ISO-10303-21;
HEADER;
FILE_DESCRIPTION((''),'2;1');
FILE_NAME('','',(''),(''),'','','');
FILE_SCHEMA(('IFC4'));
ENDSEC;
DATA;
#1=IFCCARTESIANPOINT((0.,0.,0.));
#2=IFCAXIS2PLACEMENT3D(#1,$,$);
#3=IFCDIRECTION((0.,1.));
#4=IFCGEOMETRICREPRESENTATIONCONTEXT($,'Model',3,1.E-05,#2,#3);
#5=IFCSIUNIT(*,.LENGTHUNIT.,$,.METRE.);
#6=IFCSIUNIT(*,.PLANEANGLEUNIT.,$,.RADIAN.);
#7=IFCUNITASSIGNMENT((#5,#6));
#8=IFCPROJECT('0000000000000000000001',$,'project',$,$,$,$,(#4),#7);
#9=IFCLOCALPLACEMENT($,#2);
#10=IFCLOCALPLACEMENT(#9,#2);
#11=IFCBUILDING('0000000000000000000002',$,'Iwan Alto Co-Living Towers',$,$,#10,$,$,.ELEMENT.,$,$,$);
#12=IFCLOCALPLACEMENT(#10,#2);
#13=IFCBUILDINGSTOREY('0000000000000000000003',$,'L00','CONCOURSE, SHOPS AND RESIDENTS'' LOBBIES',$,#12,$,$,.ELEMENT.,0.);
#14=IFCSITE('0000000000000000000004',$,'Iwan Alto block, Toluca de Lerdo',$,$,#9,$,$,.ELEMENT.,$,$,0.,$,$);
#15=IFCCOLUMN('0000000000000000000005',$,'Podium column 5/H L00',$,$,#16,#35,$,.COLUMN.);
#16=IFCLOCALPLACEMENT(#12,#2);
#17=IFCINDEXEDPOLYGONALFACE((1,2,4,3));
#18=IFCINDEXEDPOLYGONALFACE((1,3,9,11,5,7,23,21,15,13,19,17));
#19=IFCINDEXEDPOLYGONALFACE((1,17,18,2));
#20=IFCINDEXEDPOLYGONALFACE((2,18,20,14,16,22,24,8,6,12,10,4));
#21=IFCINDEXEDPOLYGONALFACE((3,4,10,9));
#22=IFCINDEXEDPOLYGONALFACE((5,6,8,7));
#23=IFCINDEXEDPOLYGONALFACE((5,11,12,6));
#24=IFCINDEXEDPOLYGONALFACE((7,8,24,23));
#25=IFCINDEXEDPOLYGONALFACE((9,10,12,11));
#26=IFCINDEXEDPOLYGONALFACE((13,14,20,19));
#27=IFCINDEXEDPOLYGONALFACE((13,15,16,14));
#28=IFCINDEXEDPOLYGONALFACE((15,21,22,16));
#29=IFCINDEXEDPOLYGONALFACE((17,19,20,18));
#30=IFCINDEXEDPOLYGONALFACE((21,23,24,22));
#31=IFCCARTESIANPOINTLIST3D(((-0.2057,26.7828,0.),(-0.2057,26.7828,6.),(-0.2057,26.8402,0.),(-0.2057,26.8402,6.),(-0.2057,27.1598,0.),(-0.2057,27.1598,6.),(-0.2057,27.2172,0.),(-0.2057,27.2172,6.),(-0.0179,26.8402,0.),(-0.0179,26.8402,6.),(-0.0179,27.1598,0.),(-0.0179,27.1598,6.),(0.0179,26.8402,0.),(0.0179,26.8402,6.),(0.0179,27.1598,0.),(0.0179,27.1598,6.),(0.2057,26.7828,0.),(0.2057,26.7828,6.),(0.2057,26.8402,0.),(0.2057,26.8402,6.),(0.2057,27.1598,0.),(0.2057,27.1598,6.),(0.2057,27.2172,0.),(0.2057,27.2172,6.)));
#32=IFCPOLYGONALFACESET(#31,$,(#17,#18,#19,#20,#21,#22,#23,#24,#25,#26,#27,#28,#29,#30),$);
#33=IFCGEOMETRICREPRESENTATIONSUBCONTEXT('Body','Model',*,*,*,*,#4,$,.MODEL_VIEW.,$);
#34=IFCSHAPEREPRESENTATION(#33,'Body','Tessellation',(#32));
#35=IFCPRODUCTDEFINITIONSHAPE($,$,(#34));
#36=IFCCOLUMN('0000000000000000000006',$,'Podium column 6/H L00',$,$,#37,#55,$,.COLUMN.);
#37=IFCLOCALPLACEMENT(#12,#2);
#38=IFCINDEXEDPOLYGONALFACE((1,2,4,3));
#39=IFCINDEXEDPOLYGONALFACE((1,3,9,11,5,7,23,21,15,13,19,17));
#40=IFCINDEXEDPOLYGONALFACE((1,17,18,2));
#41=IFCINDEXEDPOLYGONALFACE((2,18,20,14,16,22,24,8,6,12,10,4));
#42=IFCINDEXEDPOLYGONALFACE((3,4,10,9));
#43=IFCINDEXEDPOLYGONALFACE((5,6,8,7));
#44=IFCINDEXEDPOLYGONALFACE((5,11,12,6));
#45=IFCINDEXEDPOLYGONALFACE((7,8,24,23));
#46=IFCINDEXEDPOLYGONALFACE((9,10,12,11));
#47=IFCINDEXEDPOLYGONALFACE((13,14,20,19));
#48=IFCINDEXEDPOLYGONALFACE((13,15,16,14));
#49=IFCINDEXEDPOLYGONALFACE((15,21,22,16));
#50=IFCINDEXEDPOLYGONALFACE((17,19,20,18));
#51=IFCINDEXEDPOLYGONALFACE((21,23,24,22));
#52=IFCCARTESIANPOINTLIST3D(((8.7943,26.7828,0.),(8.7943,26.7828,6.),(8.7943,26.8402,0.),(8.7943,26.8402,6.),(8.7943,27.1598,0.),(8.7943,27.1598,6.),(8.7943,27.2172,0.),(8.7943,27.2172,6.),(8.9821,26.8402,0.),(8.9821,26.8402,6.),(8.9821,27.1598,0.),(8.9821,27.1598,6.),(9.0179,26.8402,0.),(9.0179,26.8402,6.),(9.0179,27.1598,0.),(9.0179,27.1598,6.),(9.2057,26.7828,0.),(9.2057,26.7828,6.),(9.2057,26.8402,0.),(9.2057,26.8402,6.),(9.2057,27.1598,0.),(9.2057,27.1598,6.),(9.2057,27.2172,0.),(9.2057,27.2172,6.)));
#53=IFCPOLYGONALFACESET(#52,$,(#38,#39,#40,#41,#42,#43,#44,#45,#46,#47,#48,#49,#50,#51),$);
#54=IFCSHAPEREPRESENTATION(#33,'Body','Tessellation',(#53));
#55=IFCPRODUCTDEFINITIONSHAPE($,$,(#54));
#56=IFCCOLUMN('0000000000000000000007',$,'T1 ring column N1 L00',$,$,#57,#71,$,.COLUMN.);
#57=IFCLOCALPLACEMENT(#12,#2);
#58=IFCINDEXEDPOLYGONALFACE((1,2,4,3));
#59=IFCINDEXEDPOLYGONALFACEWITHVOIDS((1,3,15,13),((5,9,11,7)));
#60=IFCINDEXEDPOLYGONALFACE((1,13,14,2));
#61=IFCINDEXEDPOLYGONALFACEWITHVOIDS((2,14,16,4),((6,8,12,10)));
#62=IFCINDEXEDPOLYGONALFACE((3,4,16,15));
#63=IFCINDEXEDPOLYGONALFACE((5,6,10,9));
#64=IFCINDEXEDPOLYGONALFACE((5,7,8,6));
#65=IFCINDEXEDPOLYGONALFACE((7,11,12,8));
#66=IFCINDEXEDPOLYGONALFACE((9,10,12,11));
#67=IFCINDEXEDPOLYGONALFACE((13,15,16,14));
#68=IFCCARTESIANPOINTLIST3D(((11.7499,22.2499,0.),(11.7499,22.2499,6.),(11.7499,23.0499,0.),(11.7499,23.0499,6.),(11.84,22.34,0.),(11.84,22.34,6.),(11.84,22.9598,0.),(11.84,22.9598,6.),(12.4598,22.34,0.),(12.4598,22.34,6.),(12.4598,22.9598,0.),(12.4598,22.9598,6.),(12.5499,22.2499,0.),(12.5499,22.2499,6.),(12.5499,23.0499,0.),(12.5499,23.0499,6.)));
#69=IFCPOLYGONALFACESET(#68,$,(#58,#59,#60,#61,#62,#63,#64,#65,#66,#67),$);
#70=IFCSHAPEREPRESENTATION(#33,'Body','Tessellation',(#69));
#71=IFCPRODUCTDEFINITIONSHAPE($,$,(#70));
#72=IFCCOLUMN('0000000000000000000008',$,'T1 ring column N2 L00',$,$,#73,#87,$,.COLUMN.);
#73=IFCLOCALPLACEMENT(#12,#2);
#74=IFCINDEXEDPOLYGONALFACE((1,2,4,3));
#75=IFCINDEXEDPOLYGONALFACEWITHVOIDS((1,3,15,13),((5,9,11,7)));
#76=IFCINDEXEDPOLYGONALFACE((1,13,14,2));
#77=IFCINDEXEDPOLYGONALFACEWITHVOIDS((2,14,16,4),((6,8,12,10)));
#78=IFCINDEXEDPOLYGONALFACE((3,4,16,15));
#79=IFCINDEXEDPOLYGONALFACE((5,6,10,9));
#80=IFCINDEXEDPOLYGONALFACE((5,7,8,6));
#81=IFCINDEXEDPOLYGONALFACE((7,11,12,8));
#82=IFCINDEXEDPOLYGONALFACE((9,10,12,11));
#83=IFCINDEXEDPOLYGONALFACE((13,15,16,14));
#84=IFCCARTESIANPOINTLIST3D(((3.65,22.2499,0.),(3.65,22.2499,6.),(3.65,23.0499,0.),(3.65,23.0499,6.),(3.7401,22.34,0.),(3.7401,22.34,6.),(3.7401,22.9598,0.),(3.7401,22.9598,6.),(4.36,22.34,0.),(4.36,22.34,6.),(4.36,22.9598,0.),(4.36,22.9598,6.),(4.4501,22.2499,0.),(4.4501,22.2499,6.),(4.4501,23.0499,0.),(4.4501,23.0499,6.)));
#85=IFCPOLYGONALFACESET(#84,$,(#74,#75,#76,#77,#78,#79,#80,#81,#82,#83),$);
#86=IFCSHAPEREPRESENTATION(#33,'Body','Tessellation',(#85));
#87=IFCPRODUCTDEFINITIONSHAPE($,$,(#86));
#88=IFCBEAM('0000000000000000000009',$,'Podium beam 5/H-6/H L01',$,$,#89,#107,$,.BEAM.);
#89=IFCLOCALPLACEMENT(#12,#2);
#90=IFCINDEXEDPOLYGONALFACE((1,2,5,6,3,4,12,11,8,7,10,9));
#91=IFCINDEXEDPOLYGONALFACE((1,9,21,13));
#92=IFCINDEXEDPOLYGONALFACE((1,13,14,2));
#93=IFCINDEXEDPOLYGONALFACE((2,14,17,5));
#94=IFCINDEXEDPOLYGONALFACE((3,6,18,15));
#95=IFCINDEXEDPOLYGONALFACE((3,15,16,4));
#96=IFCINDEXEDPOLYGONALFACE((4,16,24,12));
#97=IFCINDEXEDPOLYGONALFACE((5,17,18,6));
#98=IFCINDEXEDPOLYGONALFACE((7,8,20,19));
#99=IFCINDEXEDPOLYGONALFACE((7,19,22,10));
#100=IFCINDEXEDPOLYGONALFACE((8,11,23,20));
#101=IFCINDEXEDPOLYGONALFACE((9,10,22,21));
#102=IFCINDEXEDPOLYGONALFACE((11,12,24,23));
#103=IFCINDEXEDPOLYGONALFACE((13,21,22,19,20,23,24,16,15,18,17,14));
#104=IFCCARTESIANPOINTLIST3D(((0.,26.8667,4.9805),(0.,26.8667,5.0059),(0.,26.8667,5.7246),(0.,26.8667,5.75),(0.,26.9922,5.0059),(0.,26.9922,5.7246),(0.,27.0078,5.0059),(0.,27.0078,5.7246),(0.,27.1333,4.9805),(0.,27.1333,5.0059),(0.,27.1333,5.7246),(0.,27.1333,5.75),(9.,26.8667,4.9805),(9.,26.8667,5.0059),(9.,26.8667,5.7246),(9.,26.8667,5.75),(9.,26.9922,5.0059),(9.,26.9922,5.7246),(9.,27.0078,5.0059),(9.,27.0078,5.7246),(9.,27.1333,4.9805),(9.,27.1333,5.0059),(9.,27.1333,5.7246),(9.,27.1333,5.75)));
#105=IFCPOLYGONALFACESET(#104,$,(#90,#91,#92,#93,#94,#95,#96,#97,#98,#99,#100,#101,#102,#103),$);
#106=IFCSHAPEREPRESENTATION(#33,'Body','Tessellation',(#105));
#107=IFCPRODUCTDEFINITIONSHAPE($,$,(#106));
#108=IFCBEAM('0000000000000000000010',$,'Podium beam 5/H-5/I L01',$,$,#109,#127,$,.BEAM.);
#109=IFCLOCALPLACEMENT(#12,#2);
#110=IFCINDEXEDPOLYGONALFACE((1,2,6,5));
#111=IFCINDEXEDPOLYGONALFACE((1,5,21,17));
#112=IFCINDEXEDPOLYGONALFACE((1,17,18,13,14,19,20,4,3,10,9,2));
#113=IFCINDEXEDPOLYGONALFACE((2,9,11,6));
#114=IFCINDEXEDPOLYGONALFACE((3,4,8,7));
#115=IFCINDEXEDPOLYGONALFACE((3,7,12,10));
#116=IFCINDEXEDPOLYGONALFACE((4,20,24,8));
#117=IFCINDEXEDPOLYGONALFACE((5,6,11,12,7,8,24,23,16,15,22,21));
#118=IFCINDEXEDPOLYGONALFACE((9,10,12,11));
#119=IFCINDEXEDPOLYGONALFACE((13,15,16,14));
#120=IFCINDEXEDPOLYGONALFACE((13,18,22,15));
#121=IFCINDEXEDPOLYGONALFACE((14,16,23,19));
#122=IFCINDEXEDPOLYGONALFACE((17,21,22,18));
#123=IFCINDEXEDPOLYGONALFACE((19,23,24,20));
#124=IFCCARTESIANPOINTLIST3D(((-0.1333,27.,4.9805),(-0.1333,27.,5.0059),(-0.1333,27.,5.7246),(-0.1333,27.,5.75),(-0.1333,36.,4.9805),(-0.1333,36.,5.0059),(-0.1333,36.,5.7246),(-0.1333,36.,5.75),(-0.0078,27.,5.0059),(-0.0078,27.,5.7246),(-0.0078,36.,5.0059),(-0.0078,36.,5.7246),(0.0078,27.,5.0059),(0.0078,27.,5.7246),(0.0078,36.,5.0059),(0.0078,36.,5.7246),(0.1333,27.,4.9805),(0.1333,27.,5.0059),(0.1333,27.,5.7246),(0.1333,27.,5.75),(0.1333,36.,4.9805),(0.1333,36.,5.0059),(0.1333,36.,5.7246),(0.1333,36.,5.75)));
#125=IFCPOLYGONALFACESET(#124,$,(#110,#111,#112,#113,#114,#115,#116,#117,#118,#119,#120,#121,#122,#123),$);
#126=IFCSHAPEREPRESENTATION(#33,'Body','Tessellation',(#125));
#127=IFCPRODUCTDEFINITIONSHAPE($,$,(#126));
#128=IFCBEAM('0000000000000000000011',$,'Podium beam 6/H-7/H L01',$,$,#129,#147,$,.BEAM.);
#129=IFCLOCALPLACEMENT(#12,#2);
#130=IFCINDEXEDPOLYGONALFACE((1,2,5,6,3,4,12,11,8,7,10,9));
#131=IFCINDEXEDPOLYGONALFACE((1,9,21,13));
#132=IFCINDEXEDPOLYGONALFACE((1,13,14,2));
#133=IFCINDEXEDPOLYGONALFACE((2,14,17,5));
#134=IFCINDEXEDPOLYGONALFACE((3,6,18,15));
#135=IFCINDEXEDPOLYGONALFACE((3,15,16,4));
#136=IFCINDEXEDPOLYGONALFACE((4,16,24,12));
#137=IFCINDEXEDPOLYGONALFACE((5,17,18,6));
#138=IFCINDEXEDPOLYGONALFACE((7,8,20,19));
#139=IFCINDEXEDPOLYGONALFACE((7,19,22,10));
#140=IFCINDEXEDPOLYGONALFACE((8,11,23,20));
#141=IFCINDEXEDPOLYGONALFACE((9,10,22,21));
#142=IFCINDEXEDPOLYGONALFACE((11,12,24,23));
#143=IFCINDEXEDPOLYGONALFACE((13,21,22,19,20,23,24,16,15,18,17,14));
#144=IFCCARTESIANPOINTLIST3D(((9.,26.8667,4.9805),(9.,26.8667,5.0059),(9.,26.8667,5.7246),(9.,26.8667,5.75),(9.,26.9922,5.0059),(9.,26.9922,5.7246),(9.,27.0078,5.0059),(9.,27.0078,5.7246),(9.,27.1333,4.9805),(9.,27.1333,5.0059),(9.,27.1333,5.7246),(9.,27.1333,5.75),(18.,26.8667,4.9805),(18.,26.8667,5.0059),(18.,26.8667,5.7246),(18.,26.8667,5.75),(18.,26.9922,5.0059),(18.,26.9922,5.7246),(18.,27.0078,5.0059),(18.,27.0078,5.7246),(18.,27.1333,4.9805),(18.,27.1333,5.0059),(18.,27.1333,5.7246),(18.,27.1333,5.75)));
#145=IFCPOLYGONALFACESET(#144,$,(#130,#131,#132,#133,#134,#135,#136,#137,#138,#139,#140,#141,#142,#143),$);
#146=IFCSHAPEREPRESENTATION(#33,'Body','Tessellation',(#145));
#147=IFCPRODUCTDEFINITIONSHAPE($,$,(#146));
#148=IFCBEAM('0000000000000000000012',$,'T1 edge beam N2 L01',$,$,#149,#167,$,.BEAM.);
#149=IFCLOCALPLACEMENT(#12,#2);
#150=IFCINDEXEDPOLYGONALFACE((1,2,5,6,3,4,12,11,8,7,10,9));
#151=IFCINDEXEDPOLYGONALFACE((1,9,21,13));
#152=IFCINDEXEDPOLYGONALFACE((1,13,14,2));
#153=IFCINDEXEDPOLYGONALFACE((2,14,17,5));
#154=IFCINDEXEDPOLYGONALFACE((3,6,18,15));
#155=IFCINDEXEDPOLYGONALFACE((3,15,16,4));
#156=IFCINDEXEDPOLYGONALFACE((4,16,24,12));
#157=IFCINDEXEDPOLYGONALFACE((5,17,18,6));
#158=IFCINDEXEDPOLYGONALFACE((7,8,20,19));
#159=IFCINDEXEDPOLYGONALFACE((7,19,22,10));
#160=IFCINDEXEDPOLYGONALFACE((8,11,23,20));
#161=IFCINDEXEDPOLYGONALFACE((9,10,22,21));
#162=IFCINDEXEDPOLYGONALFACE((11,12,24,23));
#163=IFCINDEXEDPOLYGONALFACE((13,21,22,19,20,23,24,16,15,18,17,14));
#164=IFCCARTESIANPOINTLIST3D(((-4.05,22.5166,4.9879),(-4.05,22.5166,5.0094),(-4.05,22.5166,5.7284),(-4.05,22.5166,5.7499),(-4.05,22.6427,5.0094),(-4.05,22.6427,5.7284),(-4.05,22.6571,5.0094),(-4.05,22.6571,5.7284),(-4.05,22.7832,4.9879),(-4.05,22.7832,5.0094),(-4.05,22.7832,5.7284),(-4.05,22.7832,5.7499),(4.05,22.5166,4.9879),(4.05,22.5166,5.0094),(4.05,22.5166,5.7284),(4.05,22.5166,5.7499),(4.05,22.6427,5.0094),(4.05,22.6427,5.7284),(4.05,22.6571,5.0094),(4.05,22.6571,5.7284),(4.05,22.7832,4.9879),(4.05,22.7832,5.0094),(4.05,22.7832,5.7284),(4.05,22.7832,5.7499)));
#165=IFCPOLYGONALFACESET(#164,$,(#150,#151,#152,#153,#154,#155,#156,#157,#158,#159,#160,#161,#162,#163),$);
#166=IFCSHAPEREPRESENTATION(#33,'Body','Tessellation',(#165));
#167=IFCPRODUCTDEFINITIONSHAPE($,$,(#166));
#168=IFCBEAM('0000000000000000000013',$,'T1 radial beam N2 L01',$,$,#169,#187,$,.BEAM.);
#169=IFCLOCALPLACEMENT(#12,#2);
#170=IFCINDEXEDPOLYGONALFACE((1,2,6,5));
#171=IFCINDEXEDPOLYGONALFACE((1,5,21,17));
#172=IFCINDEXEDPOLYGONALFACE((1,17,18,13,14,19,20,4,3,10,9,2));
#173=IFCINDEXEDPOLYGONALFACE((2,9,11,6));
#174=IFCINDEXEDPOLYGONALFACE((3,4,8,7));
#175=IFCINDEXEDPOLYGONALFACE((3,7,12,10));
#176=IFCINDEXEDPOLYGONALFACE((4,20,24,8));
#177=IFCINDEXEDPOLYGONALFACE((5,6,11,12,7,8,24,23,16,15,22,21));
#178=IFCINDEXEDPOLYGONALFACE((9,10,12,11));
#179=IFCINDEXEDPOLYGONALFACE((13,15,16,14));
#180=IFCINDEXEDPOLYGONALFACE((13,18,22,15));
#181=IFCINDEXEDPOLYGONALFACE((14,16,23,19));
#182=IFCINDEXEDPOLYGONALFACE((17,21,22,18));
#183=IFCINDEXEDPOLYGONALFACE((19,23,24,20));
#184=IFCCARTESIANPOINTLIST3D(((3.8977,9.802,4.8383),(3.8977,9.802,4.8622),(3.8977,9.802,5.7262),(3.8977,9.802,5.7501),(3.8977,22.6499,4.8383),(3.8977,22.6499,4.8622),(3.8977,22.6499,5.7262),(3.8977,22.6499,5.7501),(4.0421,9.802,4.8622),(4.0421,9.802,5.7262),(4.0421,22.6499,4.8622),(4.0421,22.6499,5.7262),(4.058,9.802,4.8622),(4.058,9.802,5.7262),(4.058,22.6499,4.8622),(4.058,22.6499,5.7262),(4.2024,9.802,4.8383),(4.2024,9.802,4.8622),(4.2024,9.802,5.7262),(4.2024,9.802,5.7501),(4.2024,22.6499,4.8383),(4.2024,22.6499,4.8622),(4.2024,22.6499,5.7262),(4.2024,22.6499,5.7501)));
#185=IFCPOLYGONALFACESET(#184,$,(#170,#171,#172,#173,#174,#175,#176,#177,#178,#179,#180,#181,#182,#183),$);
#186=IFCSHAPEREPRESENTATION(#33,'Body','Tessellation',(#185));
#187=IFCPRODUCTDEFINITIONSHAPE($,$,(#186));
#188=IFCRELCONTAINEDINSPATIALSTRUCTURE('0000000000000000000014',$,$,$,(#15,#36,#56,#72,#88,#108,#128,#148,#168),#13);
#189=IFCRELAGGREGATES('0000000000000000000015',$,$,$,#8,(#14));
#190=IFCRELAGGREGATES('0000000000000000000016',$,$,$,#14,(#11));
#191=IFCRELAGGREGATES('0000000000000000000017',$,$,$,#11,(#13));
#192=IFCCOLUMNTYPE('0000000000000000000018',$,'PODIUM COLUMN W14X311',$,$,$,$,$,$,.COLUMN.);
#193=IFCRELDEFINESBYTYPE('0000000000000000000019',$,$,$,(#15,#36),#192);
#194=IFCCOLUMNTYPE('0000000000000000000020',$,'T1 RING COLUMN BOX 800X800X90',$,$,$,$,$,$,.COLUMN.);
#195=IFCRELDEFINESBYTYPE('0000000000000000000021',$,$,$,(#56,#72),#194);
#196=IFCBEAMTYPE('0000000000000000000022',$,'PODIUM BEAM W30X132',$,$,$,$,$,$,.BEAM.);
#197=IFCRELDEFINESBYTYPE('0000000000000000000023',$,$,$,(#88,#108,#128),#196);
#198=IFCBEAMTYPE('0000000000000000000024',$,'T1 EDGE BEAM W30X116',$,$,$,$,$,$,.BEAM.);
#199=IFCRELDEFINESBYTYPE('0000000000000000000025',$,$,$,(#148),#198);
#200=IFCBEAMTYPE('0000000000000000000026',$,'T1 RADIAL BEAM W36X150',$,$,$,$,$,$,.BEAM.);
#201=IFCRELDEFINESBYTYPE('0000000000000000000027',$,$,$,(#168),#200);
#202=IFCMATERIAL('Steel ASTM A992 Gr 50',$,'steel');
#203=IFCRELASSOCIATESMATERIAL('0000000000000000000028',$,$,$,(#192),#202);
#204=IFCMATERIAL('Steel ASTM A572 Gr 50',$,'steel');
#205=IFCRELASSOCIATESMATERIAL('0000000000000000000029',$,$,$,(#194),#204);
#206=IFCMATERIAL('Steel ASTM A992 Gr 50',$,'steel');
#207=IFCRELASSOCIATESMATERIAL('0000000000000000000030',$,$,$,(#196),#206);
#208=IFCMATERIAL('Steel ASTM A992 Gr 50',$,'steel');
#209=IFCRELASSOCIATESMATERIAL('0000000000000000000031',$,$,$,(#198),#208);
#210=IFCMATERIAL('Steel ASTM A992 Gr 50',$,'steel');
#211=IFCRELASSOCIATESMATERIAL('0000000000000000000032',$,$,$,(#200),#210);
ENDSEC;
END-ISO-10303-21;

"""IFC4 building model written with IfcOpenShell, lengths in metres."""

from ifc_helpers import new_model, si_unit, direction, frame, origin, origin_2d, place, context, subcontext, project, spatial, hollow_rectangle, i_section, extrude, material, material_profile, profile_set, type_object, element, save


model = new_model("IFC4")

# Units and contexts
model_context = context("Model", 3, precision=1e-05, world=origin(), true_north=direction((0.0, 1.0)))
body_context = subcontext(model_context, "Body", "Model", "MODEL_VIEW")
ifc_project = project(units=[si_unit("LENGTHUNIT", "METRE"), si_unit("PLANEANGLEUNIT", "RADIAN")], contexts=[model_context])

# Site, building, storey
site_placement = place(None, origin())
site = spatial("IfcSite", under=ifc_project, at=site_placement, Name="Iwan Alto block, Toluca de Lerdo", CompositionType="ELEMENT", RefElevation=0.0)
building_placement = place(site_placement, origin())
building = spatial("IfcBuilding", under=site, at=building_placement, Name="Iwan Alto Co-Living Towers", CompositionType="ELEMENT")
storey_placement = place(building_placement, origin())
storey = spatial("IfcBuildingStorey", under=building, at=storey_placement, Name="L00", Description="CONCOURSE, SHOPS AND RESIDENTS' LOBBIES", CompositionType="ELEMENT", Elevation=0.0)

# Columns
ifc_material_1 = material(Name="Steel ASTM A992 Gr 50", Category="steel")
ifc_material_profile_1 = material_profile(ifc_material_1, i_section(OverallWidth=0.4114, OverallDepth=0.4343, WebThickness=0.0359, FlangeThickness=0.0574, at=origin_2d()), Name="W14X311")
ifc_profile_set_1 = profile_set([ifc_material_profile_1], Name="Steel ASTM A992 Gr 50")
column_type_1 = type_object("IfcColumnType", Name="PODIUM COLUMN W14X311", PredefinedType="COLUMN", material=ifc_profile_set_1)
for number, where, z_axis, x_axis, name in (
    (1, (0.0, 27.0, 0.0), (0.0, 0.0, 1.0), (1.0, 0.0, 0.0), "Podium column 5/H L00"),
    (2, (9.0, 27.0, 0.0), (0.0, 0.0, 1.0), (1.0, 0.0, 0.0), "Podium column 6/H L00"),
):
    element("IfcColumn", number, at=place(storey_placement, frame(where, z_axis=z_axis, x_axis=x_axis)), inside=storey, type_object=column_type_1, Name=name, PredefinedType="COLUMN", context=body_context, shape_type="SweptSolid", body=[
        extrude(i_section(OverallWidth=0.4114, OverallDepth=0.4343, WebThickness=0.0359, FlangeThickness=0.0574, at=origin_2d()), origin(), (0.0, 0.0, 1.0), 6.0),
    ])
ifc_material_2 = material(Name="Steel ASTM A572 Gr 50", Category="steel")
ifc_material_profile_2 = material_profile(ifc_material_2, hollow_rectangle(XDim=0.8, YDim=0.8, WallThickness=0.0901, at=origin_2d()), Name="BOX 800X800X90")
ifc_profile_set_2 = profile_set([ifc_material_profile_2], Name="Steel ASTM A572 Gr 50")
column_type_2 = type_object("IfcColumnType", Name="T1 RING COLUMN BOX 800X800X90", PredefinedType="COLUMN", material=ifc_profile_set_2)
for number, where, z_axis, x_axis, name in (
    (3, (12.1499, 22.6499, 0.0), (0.0, 0.0, 1.0), (1.0, 0.0, 0.0), "T1 ring column N1 L00"),
    (4, (4.05, 22.6499, 0.0), (0.0, 0.0, 1.0), (1.0, 0.0, 0.0), "T1 ring column N2 L00"),
):
    element("IfcColumn", number, at=place(storey_placement, frame(where, z_axis=z_axis, x_axis=x_axis)), inside=storey, type_object=column_type_2, Name=name, PredefinedType="COLUMN", context=body_context, shape_type="SweptSolid", body=[
        extrude(hollow_rectangle(XDim=0.8, YDim=0.8, WallThickness=0.0901, at=origin_2d()), origin(), (0.0, 0.0, 1.0), 6.0),
    ])

# Beams
ifc_material_3 = material(Name="Steel ASTM A992 Gr 50", Category="steel")
ifc_material_profile_3 = material_profile(ifc_material_3, i_section(OverallWidth=0.2666, OverallDepth=0.7695, WebThickness=0.0156, FlangeThickness=0.0254, at=origin_2d()), Name="W30X132")
ifc_profile_set_3 = profile_set([ifc_material_profile_3], Name="Steel ASTM A992 Gr 50")
beam_type_1 = type_object("IfcBeamType", Name="PODIUM BEAM W30X132", PredefinedType="BEAM", material=ifc_profile_set_3)
for number, where, z_axis, x_axis, name in (
    (5, (0.0, 27.0, 5.3652), (1.0, 0.0, 0.0), (0.0, 1.0, 0.0), "Podium beam 5/H-6/H L01"),
    (6, (0.0, 27.0, 5.3652), (0.0, 1.0, 0.0), (-1.0, 0.0, 0.0), "Podium beam 5/H-5/I L01"),
    (7, (9.0, 27.0, 5.3652), (1.0, 0.0, 0.0), (0.0, 1.0, 0.0), "Podium beam 6/H-7/H L01"),
):
    element("IfcBeam", number, at=place(storey_placement, frame(where, z_axis=z_axis, x_axis=x_axis)), inside=storey, type_object=beam_type_1, Name=name, PredefinedType="BEAM", context=body_context, shape_type="SweptSolid", body=[
        extrude(i_section(OverallWidth=0.2666, OverallDepth=0.7695, WebThickness=0.0156, FlangeThickness=0.0254, at=origin_2d()), origin(), (0.0, 0.0, 1.0), 9.0),
    ])
ifc_material_4 = material(Name="Steel ASTM A992 Gr 50", Category="steel")
ifc_material_profile_4 = material_profile(ifc_material_4, i_section(OverallWidth=0.2666, OverallDepth=0.762, WebThickness=0.0144, FlangeThickness=0.0215, at=origin_2d()), Name="W30X116")
ifc_profile_set_4 = profile_set([ifc_material_profile_4], Name="Steel ASTM A992 Gr 50")
beam_type_2 = type_object("IfcBeamType", Name="T1 EDGE BEAM W30X116", PredefinedType="BEAM", material=ifc_profile_set_4)
beam_1_placement = place(storey_placement, frame((4.05, 22.6499, 5.3689), z_axis=(-1.0, 0.0, 0.0), x_axis=(0.0, -1.0, 0.0)))
element("IfcBeam", 8, at=beam_1_placement, inside=storey, type_object=beam_type_2, Name="T1 edge beam N2 L01", PredefinedType="BEAM", context=body_context, shape_type="SweptSolid", body=[
    extrude(i_section(OverallWidth=0.2666, OverallDepth=0.762, WebThickness=0.0144, FlangeThickness=0.0215, at=origin_2d()), origin(), (0.0, 0.0, 1.0), 8.1001),
])
ifc_material_5 = material(Name="Steel ASTM A992 Gr 50", Category="steel")
ifc_material_profile_5 = material_profile(ifc_material_5, i_section(OverallWidth=0.3047, OverallDepth=0.9119, WebThickness=0.0159, FlangeThickness=0.0239, at=origin_2d()), Name="W36X150")
ifc_profile_set_5 = profile_set([ifc_material_profile_5], Name="Steel ASTM A992 Gr 50")
beam_type_3 = type_object("IfcBeamType", Name="T1 RADIAL BEAM W36X150", PredefinedType="BEAM", material=ifc_profile_set_5)
beam_2_placement = place(storey_placement, frame((4.05, 22.6499, 5.2942), z_axis=(0.0, -1.0, 0.0), x_axis=(1.0, 0.0, 0.0)))
element("IfcBeam", 9, at=beam_2_placement, inside=storey, type_object=beam_type_3, Name="T1 radial beam N2 L01", PredefinedType="BEAM", context=body_context, shape_type="SweptSolid", body=[
    extrude(i_section(OverallWidth=0.3047, OverallDepth=0.9119, WebThickness=0.0159, FlangeThickness=0.0239, at=origin_2d()), origin(), (0.0, 0.0, 1.0), 12.8479),
])

save(model, "model.ifc")
